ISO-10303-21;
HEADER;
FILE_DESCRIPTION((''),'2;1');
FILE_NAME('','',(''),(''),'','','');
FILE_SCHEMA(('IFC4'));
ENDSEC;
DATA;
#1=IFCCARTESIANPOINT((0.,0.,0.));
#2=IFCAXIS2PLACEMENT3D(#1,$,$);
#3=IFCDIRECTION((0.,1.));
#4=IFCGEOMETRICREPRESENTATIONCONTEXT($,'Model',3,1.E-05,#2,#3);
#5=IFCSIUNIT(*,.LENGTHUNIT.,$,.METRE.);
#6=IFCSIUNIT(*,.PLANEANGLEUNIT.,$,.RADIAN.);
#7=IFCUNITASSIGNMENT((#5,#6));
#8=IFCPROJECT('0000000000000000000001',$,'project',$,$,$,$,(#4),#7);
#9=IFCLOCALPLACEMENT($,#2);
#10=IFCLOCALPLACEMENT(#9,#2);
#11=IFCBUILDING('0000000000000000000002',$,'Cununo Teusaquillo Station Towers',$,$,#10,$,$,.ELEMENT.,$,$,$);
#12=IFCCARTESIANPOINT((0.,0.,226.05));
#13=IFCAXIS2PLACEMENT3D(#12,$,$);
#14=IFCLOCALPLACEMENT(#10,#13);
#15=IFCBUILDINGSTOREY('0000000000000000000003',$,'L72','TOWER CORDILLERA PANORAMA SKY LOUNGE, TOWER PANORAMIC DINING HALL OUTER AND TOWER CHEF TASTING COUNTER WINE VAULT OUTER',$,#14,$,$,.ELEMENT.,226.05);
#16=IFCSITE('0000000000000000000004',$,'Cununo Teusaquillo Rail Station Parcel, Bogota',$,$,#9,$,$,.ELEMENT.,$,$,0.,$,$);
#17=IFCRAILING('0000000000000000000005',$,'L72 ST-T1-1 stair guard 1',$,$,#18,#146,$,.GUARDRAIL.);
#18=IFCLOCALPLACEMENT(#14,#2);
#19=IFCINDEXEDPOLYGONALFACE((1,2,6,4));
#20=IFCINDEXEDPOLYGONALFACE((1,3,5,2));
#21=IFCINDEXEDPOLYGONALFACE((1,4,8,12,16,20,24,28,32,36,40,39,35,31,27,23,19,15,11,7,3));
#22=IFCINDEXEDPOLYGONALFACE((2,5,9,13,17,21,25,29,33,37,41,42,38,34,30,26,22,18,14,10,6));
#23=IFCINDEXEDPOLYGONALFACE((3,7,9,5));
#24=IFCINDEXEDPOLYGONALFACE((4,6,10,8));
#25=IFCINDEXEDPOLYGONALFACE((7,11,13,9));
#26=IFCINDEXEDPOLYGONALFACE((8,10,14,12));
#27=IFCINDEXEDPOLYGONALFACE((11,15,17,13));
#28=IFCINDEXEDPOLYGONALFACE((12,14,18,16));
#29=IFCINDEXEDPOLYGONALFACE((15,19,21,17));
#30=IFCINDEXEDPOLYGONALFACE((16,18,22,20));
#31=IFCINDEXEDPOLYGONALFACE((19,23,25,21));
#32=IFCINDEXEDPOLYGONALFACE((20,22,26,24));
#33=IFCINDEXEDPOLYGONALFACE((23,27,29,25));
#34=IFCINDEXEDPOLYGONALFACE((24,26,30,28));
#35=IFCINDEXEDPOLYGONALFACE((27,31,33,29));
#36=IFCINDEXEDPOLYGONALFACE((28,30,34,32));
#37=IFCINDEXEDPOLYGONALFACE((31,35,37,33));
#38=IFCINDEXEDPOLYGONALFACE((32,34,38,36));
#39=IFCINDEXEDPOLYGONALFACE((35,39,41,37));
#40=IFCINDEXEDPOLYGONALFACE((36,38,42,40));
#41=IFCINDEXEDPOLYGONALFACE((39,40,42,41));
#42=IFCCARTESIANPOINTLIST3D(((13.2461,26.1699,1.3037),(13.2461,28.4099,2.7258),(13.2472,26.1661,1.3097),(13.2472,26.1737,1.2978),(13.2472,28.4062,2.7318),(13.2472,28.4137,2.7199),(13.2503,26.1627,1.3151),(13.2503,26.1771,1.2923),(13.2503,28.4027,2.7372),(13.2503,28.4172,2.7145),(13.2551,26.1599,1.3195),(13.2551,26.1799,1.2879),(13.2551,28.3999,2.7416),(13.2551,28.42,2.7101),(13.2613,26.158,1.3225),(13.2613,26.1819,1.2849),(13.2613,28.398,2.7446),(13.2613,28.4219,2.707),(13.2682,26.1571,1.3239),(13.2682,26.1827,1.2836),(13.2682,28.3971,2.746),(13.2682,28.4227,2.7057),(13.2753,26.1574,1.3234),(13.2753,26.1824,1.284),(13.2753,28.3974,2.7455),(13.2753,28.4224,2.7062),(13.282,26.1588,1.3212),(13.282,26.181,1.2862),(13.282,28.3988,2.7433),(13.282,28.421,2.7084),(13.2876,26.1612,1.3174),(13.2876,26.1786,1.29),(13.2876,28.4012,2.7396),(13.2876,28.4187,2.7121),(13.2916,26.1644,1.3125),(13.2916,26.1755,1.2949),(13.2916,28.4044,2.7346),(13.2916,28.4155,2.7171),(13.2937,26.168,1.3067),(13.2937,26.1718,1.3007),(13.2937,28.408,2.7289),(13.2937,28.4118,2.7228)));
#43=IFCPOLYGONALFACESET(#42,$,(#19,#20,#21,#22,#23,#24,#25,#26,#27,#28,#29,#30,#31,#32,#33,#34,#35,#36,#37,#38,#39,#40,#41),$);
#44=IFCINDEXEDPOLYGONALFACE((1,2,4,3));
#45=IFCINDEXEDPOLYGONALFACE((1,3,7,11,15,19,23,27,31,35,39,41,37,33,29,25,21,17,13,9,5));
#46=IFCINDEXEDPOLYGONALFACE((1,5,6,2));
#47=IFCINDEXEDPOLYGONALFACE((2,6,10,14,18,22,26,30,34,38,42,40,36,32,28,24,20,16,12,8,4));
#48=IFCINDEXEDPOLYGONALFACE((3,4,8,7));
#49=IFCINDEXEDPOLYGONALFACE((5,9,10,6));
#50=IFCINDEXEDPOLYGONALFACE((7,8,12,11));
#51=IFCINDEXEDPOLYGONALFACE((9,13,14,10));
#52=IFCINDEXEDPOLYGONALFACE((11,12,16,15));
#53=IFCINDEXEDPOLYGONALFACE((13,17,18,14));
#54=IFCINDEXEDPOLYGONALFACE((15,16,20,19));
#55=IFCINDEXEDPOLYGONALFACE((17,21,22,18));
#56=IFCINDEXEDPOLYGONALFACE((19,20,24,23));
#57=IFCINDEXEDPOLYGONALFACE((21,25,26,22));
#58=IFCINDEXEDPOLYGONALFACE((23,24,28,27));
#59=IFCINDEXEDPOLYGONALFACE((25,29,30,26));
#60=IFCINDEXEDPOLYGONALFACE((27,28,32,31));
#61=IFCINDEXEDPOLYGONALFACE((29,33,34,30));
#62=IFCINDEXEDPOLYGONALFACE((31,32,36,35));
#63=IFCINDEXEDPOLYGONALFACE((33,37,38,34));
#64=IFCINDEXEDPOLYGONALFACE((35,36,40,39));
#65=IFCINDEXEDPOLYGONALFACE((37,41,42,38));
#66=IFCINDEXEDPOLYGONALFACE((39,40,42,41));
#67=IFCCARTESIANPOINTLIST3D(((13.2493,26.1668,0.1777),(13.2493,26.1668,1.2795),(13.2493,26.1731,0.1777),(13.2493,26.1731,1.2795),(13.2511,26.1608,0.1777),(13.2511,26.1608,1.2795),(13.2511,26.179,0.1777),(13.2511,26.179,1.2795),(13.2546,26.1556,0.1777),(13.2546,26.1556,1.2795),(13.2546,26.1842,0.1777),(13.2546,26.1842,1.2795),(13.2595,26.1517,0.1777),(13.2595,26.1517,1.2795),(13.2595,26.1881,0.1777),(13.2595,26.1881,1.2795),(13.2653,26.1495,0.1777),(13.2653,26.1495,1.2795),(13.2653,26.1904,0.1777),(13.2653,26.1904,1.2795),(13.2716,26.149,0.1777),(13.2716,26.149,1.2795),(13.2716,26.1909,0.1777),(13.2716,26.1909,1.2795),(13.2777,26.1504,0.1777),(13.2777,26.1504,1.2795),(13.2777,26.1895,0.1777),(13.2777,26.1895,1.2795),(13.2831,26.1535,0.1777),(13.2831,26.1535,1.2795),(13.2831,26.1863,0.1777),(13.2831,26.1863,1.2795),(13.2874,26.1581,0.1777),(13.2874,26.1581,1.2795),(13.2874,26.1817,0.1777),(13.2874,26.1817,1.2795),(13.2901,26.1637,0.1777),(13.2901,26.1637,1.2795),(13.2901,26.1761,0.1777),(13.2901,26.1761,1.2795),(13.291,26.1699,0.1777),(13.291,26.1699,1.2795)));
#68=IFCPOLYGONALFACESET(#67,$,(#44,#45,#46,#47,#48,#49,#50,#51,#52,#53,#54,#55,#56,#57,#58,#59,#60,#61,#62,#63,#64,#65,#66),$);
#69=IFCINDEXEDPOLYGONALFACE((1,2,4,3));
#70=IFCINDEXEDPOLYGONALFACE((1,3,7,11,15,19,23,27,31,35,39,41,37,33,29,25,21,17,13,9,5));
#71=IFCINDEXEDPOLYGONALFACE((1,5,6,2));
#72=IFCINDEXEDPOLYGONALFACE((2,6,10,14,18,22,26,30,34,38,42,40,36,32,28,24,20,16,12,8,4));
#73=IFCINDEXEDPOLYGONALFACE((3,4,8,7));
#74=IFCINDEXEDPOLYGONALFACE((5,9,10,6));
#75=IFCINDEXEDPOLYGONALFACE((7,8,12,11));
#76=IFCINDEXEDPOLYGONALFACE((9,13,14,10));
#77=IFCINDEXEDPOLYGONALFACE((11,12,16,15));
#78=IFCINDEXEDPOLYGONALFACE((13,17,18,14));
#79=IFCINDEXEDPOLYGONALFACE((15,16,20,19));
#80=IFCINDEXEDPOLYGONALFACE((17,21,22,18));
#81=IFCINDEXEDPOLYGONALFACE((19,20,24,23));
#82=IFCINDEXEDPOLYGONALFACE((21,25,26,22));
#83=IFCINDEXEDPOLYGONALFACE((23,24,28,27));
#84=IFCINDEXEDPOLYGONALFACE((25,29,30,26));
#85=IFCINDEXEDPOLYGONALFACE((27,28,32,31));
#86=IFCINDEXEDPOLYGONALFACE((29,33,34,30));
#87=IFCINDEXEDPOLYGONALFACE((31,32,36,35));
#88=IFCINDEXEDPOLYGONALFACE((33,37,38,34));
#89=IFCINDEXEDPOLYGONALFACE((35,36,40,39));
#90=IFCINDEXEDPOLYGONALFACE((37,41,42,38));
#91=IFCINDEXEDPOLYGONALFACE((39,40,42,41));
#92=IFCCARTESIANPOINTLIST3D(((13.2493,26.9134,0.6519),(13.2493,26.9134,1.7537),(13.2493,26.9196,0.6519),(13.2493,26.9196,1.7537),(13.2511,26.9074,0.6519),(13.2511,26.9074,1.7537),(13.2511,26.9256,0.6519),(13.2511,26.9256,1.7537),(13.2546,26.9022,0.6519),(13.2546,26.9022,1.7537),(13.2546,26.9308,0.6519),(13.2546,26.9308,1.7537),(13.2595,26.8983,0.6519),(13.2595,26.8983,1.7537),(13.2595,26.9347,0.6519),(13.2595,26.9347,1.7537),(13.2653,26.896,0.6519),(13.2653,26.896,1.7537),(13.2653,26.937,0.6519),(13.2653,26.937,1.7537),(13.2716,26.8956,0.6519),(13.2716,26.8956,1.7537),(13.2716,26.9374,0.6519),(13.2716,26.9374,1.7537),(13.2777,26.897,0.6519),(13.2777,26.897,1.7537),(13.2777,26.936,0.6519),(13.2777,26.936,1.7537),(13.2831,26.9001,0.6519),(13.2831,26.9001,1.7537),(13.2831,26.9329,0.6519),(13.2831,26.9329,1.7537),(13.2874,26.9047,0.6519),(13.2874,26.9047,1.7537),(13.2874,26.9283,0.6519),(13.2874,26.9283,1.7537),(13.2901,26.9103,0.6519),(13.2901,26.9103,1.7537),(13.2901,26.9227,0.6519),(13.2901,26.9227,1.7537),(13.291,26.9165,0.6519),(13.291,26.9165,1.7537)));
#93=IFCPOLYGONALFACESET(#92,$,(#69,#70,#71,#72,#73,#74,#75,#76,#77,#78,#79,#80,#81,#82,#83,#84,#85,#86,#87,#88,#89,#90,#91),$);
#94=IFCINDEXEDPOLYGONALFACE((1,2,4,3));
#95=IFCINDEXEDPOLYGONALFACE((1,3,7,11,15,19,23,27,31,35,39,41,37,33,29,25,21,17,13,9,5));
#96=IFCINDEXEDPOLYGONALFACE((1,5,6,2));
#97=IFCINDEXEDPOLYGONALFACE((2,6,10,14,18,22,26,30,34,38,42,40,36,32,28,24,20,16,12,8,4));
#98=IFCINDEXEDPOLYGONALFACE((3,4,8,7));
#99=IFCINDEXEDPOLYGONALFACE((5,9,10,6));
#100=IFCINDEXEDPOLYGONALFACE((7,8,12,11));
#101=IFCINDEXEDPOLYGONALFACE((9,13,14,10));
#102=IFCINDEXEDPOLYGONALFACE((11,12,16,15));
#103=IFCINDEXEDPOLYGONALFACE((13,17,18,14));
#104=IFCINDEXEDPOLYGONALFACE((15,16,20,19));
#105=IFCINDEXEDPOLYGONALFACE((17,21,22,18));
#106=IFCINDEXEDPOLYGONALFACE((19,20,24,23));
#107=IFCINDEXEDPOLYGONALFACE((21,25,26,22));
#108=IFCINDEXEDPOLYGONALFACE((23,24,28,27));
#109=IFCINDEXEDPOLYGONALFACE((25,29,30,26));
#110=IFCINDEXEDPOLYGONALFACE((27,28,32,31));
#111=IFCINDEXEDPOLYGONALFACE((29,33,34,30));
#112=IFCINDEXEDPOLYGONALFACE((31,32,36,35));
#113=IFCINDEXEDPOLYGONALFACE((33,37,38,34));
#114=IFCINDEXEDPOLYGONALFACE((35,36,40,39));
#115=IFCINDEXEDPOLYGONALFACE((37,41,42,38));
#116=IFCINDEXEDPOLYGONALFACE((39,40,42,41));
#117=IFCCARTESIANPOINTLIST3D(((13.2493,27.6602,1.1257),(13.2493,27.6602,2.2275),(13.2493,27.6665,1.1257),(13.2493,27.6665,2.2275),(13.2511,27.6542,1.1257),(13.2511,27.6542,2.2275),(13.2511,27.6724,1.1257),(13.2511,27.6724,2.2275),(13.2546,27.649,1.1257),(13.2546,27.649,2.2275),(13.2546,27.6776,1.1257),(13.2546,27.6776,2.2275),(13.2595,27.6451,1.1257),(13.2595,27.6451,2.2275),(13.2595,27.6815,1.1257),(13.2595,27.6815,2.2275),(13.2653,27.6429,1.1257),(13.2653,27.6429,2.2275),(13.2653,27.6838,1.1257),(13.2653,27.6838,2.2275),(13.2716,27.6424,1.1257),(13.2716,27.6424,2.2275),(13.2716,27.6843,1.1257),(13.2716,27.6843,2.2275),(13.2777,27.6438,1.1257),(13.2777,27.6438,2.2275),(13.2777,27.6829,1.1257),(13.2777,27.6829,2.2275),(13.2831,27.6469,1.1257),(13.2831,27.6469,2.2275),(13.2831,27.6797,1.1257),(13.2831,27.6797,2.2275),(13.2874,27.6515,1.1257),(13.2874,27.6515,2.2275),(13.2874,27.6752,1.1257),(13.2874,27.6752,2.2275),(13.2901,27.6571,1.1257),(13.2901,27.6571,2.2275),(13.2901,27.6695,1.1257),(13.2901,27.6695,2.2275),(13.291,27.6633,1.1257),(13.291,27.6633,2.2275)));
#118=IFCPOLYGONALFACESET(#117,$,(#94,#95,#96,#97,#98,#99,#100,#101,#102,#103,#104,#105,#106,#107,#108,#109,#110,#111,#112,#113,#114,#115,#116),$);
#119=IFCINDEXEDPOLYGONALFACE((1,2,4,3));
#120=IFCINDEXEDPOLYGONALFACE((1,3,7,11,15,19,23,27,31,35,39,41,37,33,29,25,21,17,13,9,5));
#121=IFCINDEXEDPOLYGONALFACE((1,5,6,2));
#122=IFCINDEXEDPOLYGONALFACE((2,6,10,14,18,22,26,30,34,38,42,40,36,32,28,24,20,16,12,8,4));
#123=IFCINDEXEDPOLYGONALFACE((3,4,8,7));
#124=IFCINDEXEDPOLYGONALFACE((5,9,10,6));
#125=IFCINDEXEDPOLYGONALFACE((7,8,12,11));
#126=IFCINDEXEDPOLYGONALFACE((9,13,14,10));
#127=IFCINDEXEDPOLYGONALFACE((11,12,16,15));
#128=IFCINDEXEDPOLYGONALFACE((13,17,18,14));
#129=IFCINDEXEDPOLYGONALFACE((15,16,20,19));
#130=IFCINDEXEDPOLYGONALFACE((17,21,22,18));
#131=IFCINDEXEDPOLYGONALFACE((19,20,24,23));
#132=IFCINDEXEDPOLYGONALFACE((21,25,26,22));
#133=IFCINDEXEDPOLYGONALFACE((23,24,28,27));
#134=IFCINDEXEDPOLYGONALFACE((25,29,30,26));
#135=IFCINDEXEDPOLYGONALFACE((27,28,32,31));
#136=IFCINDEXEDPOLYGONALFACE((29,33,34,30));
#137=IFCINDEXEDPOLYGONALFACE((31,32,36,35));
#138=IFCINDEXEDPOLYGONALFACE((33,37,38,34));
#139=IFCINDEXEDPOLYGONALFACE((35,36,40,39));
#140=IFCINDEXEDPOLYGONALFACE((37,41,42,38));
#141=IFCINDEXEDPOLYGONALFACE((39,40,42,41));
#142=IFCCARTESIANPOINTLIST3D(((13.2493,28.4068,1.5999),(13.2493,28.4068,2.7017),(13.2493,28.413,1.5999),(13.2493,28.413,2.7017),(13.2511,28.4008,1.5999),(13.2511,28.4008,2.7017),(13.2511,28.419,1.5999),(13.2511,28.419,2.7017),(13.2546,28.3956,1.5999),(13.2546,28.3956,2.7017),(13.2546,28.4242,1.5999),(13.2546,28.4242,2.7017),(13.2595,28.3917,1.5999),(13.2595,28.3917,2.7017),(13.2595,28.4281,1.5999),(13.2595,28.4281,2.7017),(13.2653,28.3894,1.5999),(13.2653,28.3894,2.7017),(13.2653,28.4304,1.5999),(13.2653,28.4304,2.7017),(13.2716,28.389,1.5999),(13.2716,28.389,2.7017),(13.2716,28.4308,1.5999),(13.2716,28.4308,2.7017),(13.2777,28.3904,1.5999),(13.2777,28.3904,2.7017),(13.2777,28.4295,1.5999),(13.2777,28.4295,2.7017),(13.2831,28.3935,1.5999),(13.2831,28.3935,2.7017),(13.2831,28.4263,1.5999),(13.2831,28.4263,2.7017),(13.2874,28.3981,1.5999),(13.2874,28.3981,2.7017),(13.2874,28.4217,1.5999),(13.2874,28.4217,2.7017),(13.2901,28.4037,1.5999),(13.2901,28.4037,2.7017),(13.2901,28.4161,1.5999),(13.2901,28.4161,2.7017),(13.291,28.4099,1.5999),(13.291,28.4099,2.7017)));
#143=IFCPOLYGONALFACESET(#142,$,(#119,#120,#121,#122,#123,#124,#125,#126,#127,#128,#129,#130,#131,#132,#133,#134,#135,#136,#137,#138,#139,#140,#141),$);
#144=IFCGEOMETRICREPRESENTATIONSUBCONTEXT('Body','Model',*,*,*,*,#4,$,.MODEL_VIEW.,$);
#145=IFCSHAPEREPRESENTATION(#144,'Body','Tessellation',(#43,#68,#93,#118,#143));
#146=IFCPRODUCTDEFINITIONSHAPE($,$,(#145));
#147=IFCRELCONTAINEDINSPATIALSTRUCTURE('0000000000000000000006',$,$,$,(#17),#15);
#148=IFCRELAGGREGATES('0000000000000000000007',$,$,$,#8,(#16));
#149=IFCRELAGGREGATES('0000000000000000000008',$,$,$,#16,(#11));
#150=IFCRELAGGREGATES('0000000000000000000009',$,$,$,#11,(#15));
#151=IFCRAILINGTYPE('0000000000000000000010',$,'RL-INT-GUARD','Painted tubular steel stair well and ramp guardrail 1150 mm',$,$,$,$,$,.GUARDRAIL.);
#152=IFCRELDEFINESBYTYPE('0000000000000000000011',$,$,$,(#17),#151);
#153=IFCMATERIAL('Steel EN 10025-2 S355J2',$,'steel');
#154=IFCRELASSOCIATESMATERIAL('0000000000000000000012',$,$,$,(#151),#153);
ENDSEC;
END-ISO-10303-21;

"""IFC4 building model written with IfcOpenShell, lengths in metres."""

from ifc_helpers import new_model, si_unit, direction, frame, origin, origin_2d, place, context, subcontext, project, spatial, circle, extrude, material, type_object, element, save


model = new_model("IFC4")

# Units and contexts
model_context = context("Model", 3, precision=1e-05, world=origin(), true_north=direction((0.0, 1.0)))
body_context = subcontext(model_context, "Body", "Model", "MODEL_VIEW")
ifc_project = project(units=[si_unit("LENGTHUNIT", "METRE"), si_unit("PLANEANGLEUNIT", "RADIAN")], contexts=[model_context])

# Site, building, storey
site_placement = place(None, origin())
site = spatial("IfcSite", under=ifc_project, at=site_placement, Name="Cununo Teusaquillo Rail Station Parcel, Bogota", CompositionType="ELEMENT", RefElevation=0.0)
building_placement = place(site_placement, origin())
building = spatial("IfcBuilding", under=site, at=building_placement, Name="Cununo Teusaquillo Station Towers", CompositionType="ELEMENT")
storey_placement = place(building_placement, frame((0.0, 0.0, 226.05)))
storey = spatial("IfcBuildingStorey", under=building, at=storey_placement, Name="L72", Description="TOWER CORDILLERA PANORAMA SKY LOUNGE, TOWER PANORAMIC DINING HALL OUTER AND TOWER CHEF TASTING COUNTER WINE VAULT OUTER", CompositionType="ELEMENT", Elevation=226.05)

# Railing
ifc_material_1 = material(Name="Steel EN 10025-2 S355J2", Category="steel")
railing_type_1 = type_object("IfcRailingType", Name="RL-INT-GUARD", Description="Painted tubular steel stair well and ramp guardrail 1150 mm", PredefinedType="GUARDRAIL", material=ifc_material_1)
railing_1_placement = place(storey_placement, frame((13.27, 26.1699, 0.1777)))
element("IfcRailing", 1, at=railing_1_placement, inside=storey, type_object=railing_type_1, Name="L72 ST-T1-1 stair guard 1", PredefinedType="GUARDRAIL", context=body_context, shape_type="SweptSolid", body=[
    extrude(circle(Radius=0.0239, at=origin_2d()), frame((0.0, 0.0, 1.126), z_axis=(0.0, 0.844229, 0.535982), x_axis=(-1.0, 0.0, 0.0)), (0.0, 0.0, 1.0), 2.6533),
    extrude(circle(Radius=0.021, at=origin_2d()), origin(), (0.0, 0.0, 1.0), 1.1018),
    extrude(circle(Radius=0.021, at=origin_2d()), frame((0.0, 0.7466, 0.4741)), (0.0, 0.0, 1.0), 1.1018),
    extrude(circle(Radius=0.021, at=origin_2d()), frame((0.0, 1.4934, 0.948)), (0.0, 0.0, 1.0), 1.1018),
    extrude(circle(Radius=0.021, at=origin_2d()), frame((0.0, 2.24, 1.4221)), (0.0, 0.0, 1.0), 1.1018),
])

save(model, "model.ifc")
